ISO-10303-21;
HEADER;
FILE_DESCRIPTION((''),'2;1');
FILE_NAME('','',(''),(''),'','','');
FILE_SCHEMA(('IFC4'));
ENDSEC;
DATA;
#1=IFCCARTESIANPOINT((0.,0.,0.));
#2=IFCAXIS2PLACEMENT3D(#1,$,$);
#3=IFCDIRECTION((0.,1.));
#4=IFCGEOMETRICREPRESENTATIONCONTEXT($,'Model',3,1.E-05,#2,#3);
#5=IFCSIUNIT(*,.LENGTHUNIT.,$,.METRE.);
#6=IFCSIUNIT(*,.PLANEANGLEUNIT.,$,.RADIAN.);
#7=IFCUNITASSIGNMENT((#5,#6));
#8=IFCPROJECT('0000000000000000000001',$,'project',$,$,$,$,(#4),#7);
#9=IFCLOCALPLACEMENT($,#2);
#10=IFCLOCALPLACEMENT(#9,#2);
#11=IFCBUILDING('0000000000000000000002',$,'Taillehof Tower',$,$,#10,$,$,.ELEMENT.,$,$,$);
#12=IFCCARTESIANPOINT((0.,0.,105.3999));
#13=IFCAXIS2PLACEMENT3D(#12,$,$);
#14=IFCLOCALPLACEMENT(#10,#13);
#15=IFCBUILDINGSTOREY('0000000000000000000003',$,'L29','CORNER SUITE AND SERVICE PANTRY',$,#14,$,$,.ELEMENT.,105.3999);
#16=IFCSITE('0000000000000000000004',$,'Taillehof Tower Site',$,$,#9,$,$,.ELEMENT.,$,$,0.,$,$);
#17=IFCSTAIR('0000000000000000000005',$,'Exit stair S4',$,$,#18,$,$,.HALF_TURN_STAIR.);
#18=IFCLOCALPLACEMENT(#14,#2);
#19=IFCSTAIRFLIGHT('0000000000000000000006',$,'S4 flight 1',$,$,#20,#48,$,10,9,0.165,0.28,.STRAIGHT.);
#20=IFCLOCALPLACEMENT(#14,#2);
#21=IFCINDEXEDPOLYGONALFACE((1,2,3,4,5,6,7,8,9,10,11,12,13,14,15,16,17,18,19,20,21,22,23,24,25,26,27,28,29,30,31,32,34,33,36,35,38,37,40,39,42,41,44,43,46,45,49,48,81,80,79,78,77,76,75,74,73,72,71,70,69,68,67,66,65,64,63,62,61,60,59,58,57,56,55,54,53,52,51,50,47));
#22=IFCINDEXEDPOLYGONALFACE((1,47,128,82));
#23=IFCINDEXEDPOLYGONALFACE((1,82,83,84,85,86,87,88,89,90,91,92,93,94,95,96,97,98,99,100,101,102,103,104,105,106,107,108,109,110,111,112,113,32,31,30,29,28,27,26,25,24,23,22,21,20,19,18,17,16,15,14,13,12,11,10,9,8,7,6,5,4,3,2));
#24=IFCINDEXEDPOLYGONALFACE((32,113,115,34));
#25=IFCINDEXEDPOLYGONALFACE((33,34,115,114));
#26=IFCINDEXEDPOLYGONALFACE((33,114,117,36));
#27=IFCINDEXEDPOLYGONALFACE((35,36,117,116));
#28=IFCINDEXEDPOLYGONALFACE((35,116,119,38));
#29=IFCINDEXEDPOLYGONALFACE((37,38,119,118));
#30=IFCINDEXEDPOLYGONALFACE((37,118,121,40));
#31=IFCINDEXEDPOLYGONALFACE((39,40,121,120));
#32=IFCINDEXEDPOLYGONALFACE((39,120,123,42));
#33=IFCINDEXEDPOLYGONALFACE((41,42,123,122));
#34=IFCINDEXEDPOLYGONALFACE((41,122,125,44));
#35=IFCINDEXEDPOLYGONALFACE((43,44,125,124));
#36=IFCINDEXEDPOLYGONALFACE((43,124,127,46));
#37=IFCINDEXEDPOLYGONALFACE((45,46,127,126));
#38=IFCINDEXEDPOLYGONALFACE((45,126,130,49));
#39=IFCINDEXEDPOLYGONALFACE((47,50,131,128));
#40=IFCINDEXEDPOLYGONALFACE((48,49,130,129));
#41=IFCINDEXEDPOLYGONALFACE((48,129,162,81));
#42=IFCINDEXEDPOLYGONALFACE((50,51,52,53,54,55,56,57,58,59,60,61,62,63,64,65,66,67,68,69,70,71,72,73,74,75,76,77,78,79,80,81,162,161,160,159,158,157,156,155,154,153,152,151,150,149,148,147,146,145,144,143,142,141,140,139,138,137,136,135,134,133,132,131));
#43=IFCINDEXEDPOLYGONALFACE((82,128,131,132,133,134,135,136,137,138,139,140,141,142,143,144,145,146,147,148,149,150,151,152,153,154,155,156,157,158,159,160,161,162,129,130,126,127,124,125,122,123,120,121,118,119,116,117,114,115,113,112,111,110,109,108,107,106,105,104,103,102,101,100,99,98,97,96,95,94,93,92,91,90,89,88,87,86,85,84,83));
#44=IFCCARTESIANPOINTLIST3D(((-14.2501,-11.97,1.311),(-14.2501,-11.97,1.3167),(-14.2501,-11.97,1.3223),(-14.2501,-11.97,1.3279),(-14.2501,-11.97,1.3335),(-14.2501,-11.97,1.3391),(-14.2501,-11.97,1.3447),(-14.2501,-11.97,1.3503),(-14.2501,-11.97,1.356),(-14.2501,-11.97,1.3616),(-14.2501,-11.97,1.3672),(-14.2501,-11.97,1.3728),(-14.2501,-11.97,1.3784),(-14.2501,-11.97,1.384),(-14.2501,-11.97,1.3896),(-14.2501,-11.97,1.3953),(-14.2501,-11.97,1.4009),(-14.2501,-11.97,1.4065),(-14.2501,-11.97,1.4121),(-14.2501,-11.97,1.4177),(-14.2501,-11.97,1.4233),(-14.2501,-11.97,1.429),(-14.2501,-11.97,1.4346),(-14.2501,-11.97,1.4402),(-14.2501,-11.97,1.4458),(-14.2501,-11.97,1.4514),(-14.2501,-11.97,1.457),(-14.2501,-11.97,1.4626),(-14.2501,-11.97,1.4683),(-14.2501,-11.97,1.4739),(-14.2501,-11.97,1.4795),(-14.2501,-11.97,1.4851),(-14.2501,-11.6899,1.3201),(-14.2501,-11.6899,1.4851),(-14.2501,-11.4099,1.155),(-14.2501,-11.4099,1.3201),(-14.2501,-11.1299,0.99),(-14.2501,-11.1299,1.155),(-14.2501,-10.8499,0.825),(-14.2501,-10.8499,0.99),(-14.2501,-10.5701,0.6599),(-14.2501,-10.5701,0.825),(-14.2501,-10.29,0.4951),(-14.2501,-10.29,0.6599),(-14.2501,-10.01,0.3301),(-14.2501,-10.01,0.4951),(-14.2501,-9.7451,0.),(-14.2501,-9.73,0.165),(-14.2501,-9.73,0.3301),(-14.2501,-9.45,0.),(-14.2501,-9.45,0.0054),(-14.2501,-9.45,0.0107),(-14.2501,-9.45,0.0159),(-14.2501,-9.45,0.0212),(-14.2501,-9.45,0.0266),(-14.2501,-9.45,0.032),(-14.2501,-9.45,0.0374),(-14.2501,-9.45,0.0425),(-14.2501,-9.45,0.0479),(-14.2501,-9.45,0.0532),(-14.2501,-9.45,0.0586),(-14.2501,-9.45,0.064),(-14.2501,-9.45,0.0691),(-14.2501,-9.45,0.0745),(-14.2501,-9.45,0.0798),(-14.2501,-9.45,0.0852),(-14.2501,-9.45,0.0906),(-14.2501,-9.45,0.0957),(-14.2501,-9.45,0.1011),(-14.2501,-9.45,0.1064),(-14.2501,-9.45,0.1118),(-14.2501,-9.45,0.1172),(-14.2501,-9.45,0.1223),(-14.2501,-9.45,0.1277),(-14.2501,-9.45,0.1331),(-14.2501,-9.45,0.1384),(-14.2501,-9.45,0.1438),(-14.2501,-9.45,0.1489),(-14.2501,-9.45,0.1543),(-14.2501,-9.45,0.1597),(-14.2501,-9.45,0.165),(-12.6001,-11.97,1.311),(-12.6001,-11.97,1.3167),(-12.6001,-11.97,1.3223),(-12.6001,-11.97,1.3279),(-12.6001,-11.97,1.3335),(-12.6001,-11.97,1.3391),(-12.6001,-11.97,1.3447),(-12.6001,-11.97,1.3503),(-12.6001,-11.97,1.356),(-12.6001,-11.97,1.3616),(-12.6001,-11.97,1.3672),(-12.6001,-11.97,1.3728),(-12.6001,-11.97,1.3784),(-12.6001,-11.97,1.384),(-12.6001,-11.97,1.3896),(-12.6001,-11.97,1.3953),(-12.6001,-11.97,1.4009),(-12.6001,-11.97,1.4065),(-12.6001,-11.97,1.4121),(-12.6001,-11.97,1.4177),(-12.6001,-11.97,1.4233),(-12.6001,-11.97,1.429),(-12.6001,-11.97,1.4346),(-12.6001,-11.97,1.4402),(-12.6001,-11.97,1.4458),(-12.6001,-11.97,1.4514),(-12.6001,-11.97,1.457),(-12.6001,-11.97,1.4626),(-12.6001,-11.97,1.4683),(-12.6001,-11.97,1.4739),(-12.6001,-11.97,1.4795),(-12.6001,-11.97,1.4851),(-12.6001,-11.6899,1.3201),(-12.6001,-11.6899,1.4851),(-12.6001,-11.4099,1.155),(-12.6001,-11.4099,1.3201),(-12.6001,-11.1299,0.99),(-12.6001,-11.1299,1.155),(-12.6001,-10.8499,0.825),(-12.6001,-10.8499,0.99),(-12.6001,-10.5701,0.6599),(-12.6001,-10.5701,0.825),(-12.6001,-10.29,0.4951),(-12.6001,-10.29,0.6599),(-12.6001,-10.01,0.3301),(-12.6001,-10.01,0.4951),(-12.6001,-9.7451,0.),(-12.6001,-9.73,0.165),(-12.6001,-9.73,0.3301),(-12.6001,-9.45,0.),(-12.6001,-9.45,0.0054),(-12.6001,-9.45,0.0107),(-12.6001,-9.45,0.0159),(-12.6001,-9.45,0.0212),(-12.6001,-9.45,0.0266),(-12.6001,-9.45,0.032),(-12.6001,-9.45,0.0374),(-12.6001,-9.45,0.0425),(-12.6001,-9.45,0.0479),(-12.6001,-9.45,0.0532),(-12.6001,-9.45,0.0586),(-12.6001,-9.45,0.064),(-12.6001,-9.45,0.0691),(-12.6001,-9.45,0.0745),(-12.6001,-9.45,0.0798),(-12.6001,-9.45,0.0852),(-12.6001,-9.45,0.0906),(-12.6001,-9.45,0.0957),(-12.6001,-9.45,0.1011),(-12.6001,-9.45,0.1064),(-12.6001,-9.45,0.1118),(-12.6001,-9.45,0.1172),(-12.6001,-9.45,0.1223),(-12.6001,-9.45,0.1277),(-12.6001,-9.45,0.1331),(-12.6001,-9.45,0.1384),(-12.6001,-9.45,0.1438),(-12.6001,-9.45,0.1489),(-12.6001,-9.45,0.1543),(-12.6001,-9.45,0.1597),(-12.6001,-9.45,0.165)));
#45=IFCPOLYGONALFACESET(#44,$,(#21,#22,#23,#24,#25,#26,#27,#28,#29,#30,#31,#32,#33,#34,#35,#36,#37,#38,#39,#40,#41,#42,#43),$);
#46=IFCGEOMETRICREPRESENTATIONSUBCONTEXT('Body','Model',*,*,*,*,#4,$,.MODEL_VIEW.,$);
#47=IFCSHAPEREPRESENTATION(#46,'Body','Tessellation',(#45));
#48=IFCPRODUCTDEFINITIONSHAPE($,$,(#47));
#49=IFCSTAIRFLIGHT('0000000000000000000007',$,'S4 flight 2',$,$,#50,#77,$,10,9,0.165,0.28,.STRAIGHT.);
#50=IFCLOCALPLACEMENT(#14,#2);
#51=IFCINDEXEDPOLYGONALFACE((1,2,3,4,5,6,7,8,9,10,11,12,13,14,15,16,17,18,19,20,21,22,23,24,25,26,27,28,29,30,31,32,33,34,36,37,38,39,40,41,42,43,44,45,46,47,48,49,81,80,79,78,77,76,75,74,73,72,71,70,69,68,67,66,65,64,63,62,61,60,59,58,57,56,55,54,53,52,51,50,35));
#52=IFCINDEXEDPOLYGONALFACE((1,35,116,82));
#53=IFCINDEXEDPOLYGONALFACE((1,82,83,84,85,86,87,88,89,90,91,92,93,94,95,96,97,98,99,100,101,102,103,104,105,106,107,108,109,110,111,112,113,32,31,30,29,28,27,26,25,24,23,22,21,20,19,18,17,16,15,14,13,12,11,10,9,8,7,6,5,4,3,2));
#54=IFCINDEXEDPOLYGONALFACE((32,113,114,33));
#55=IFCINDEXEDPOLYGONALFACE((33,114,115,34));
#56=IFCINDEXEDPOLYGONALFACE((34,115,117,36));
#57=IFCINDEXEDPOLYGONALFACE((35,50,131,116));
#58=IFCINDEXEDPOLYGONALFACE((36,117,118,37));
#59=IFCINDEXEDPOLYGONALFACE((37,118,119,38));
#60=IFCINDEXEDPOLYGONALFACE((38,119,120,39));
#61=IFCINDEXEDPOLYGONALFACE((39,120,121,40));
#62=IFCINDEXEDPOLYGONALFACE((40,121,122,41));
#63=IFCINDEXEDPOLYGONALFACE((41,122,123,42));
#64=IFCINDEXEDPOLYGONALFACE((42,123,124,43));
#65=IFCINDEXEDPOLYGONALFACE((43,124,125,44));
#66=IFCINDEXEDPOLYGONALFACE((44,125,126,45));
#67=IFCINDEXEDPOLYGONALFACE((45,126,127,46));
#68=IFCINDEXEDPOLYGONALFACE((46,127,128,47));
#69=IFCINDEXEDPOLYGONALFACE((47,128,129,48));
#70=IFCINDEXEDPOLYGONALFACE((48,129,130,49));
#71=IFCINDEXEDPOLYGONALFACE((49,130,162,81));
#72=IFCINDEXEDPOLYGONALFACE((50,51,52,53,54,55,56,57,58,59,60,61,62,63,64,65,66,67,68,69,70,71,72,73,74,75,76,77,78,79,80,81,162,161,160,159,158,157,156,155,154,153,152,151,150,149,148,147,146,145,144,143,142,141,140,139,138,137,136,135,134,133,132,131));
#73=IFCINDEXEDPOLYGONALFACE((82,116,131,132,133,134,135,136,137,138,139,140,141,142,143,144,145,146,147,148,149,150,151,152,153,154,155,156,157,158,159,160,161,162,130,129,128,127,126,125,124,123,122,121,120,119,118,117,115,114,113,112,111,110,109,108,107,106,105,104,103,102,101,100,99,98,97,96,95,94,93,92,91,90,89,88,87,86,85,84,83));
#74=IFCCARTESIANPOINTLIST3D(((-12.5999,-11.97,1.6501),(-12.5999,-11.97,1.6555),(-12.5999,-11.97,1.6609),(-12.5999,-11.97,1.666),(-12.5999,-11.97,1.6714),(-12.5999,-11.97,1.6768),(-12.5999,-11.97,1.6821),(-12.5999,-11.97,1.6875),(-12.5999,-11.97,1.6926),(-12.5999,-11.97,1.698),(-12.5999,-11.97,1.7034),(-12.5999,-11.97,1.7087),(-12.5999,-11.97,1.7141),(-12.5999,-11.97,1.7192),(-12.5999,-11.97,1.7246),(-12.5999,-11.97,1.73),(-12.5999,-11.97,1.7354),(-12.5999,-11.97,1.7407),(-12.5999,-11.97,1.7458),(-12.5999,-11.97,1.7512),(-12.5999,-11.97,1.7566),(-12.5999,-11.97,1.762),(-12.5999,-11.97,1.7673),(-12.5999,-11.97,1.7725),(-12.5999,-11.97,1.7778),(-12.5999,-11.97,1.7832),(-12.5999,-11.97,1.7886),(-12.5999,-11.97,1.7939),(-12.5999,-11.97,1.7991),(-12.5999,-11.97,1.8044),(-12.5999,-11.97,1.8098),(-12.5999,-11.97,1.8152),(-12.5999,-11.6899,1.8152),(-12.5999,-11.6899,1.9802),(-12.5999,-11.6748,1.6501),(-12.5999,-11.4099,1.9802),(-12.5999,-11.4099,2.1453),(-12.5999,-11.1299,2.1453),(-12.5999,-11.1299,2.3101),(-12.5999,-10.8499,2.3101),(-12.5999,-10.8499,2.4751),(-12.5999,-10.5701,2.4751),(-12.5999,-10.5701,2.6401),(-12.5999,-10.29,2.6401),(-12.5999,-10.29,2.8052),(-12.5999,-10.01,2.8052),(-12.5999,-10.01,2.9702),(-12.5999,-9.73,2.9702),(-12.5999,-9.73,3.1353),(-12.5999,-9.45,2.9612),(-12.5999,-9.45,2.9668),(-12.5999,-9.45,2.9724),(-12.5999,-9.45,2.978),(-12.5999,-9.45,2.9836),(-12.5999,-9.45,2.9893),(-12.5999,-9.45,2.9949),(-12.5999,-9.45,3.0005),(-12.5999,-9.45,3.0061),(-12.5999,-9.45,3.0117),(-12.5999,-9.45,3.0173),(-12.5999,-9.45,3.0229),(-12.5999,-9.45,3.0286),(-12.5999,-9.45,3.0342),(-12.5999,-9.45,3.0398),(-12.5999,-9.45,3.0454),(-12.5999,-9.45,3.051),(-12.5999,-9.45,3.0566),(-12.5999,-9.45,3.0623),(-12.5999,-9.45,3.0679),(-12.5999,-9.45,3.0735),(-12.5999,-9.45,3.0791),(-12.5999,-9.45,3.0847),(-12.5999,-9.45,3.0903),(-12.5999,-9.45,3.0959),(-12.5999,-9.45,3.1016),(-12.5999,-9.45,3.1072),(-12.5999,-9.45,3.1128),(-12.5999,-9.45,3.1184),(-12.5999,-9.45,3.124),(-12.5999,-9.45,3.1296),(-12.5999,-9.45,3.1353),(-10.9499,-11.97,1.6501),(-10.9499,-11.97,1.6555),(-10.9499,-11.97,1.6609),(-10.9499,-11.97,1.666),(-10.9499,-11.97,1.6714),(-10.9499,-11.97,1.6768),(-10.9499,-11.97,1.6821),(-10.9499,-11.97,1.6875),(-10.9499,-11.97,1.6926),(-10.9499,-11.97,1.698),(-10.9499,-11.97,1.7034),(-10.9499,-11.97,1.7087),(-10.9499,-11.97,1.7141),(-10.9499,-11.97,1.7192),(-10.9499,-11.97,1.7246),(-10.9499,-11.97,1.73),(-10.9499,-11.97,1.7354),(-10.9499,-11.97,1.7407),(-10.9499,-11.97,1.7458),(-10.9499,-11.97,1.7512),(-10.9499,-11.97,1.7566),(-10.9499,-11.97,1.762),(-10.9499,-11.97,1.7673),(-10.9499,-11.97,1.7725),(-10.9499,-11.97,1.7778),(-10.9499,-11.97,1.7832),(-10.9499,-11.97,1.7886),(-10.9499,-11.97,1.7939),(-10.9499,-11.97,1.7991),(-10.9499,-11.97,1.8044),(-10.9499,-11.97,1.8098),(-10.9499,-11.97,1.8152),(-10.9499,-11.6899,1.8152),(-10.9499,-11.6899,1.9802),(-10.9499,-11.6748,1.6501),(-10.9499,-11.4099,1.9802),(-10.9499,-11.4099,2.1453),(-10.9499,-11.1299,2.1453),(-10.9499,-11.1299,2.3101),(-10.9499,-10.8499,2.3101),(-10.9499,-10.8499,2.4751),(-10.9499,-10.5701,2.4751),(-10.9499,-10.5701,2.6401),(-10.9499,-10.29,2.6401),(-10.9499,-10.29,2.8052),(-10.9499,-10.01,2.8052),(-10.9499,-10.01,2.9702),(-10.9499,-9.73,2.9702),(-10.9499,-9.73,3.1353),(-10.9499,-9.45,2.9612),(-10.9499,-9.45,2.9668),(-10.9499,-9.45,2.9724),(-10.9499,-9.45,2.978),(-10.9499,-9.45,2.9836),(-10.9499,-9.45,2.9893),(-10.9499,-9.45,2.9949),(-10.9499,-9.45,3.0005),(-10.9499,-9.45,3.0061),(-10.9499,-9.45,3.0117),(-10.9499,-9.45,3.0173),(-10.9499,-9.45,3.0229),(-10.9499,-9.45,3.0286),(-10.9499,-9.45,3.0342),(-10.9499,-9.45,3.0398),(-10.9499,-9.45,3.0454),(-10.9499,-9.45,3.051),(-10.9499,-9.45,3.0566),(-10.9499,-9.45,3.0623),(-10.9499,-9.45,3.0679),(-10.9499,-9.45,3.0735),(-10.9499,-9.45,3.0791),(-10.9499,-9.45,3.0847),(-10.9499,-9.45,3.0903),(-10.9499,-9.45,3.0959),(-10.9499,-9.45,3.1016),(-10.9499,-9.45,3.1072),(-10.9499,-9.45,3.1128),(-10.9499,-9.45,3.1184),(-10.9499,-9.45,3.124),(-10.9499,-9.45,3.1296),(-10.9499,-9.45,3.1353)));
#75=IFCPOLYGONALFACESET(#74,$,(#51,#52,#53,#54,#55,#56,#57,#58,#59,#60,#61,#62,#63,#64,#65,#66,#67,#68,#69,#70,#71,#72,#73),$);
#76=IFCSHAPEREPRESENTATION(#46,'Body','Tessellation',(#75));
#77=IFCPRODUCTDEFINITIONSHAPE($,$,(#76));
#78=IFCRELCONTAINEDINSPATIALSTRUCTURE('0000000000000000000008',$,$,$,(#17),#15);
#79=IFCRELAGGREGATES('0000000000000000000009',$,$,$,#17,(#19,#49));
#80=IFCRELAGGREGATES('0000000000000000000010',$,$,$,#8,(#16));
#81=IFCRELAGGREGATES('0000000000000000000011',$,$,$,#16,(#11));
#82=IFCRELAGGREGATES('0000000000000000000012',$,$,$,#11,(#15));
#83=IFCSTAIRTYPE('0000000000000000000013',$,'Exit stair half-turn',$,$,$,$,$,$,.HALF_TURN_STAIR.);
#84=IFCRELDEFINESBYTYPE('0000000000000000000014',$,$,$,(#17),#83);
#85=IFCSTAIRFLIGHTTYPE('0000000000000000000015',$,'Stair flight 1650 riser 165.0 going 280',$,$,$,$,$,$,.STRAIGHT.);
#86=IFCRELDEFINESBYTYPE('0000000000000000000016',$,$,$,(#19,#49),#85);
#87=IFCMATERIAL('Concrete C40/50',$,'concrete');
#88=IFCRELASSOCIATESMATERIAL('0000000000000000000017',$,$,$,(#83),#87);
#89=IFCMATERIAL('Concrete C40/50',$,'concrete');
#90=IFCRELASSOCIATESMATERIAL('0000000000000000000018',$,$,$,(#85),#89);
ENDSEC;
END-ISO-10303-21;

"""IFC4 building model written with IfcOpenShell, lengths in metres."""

from ifc_helpers import new_model, si_unit, direction, frame, origin, place, context, subcontext, project, spatial, polyline, outline, extrude, material, type_object, element, aggregate, save


model = new_model("IFC4")

# Units and contexts
model_context = context("Model", 3, precision=1e-05, world=origin(), true_north=direction((0.0, 1.0)))
body_context = subcontext(model_context, "Body", "Model", "MODEL_VIEW")
ifc_project = project(units=[si_unit("LENGTHUNIT", "METRE"), si_unit("PLANEANGLEUNIT", "RADIAN")], contexts=[model_context])

# Site, building, storey
site_placement = place(None, origin())
site = spatial("IfcSite", under=ifc_project, at=site_placement, Name="Taillehof Tower Site", CompositionType="ELEMENT", RefElevation=0.0)
building_placement = place(site_placement, origin())
building = spatial("IfcBuilding", under=site, at=building_placement, Name="Taillehof Tower", CompositionType="ELEMENT")
storey_placement = place(building_placement, frame((0.0, 0.0, 105.3999)))
storey = spatial("IfcBuildingStorey", under=building, at=storey_placement, Name="L29", Description="CORNER SUITE AND SERVICE PANTRY", CompositionType="ELEMENT", Elevation=105.3999)

# Stair, stair flights
ifc_material_1 = material(Name="Concrete C40/50", Category="concrete")
stair_type = type_object("IfcStairType", Name="Exit stair half-turn", PredefinedType="HALF_TURN_STAIR", material=ifc_material_1)
stair_placement = place(storey_placement, origin())
stair = element("IfcStair", 1, at=stair_placement, inside=storey, type_object=stair_type, Name="Exit stair S4", PredefinedType="HALF_TURN_STAIR")
ifc_material_2 = material(Name="Concrete C40/50", Category="concrete")
stair_flight_type = type_object("IfcStairFlightType", Name="Stair flight 1650 riser 165.0 going 280", PredefinedType="STRAIGHT", material=ifc_material_2)
stair_flight_1_placement = place(storey_placement, frame((-13.425, -9.45, 0.0), z_axis=(0.0, 0.0, 1.0), x_axis=(0.0, -1.0, 0.0)))
stair_flight_1 = element("IfcStairFlight", 2, at=stair_flight_1_placement, type_object=stair_flight_type, Name="S4 flight 1", NumberOfRisers=10, NumberOfTreads=9, PredefinedType="STRAIGHT", RiserHeight=0.165, TreadLength=0.28, context=body_context, shape_type="SweptSolid", body=[
    extrude(outline(polyline([(0.0, 0.0), (0.0, 0.0054), (0.0, 0.0107), (0.0, 0.0159), (0.0, 0.0212), (0.0, 0.0266), (0.0, 0.032), (0.0, 0.0374), (0.0, 0.0425), (0.0, 0.0479), (0.0, 0.0532), (0.0, 0.0586), (0.0, 0.064), (0.0, 0.0691), (0.0, 0.0745), (0.0, 0.0798), (0.0, 0.0852), (0.0, 0.0906), (0.0, 0.0957), (0.0, 0.1011), (0.0, 0.1064), (0.0, 0.1118), (0.0, 0.1172), (0.0, 0.1223), (0.0, 0.1277), (0.0, 0.1331), (0.0, 0.1384), (0.0, 0.1438), (0.0, 0.1489), (0.0, 0.1543), (0.0, 0.1597), (0.0, 0.165), (0.28, 0.165), (0.28, 0.3301), (0.5601, 0.3301), (0.5601, 0.4951), (0.8401, 0.4951), (0.8401, 0.6599), (1.1201, 0.6599), (1.1201, 0.825), (1.3999, 0.825), (1.3999, 0.99), (1.6799, 0.99), (1.6799, 1.155), (1.96, 1.155), (1.96, 1.3201), (2.24, 1.3201), (2.24, 1.4851), (2.52, 1.4851), (2.52, 1.4795), (2.52, 1.4739), (2.52, 1.4683), (2.52, 1.4626), (2.52, 1.457), (2.52, 1.4514), (2.52, 1.4458), (2.52, 1.4402), (2.52, 1.4346), (2.52, 1.429), (2.52, 1.4233), (2.52, 1.4177), (2.52, 1.4121), (2.52, 1.4065), (2.52, 1.4009), (2.52, 1.3953), (2.52, 1.3896), (2.52, 1.384), (2.52, 1.3784), (2.52, 1.3728), (2.52, 1.3672), (2.52, 1.3616), (2.52, 1.356), (2.52, 1.3503), (2.52, 1.3447), (2.52, 1.3391), (2.52, 1.3335), (2.52, 1.3279), (2.52, 1.3223), (2.52, 1.3167), (2.52, 1.311), (0.2952, 0.0), (0.0, 0.0)])), frame((0.0, 0.825, 0.0), z_axis=(0.0, -1.0, 0.0), x_axis=(1.0, 0.0, 0.0)), (0.0, 0.0, 1.0), 1.65),
])
stair_flight_2_placement = place(storey_placement, frame((-11.7749, -11.97, 1.6501), z_axis=(0.0, 0.0, 1.0), x_axis=(0.0, 1.0, 0.0)))
stair_flight_2 = element("IfcStairFlight", 3, at=stair_flight_2_placement, type_object=stair_flight_type, Name="S4 flight 2", NumberOfRisers=10, NumberOfTreads=9, PredefinedType="STRAIGHT", RiserHeight=0.165, TreadLength=0.28, context=body_context, shape_type="SweptSolid", body=[
    extrude(outline(polyline([(0.0, 0.0), (0.0, 0.0054), (0.0, 0.0107), (0.0, 0.0159), (0.0, 0.0212), (0.0, 0.0266), (0.0, 0.032), (0.0, 0.0374), (0.0, 0.0425), (0.0, 0.0479), (0.0, 0.0532), (0.0, 0.0586), (0.0, 0.064), (0.0, 0.0691), (0.0, 0.0745), (0.0, 0.0798), (0.0, 0.0852), (0.0, 0.0906), (0.0, 0.0957), (0.0, 0.1011), (0.0, 0.1064), (0.0, 0.1118), (0.0, 0.1172), (0.0, 0.1223), (0.0, 0.1277), (0.0, 0.1331), (0.0, 0.1384), (0.0, 0.1438), (0.0, 0.1489), (0.0, 0.1543), (0.0, 0.1597), (0.0, 0.165), (0.28, 0.165), (0.28, 0.3301), (0.5601, 0.3301), (0.5601, 0.4951), (0.8401, 0.4951), (0.8401, 0.6599), (1.1201, 0.6599), (1.1201, 0.825), (1.3999, 0.825), (1.3999, 0.99), (1.6799, 0.99), (1.6799, 1.155), (1.96, 1.155), (1.96, 1.3201), (2.24, 1.3201), (2.24, 1.4851), (2.52, 1.4851), (2.52, 1.4795), (2.52, 1.4739), (2.52, 1.4683), (2.52, 1.4626), (2.52, 1.457), (2.52, 1.4514), (2.52, 1.4458), (2.52, 1.4402), (2.52, 1.4346), (2.52, 1.429), (2.52, 1.4233), (2.52, 1.4177), (2.52, 1.4121), (2.52, 1.4065), (2.52, 1.4009), (2.52, 1.3953), (2.52, 1.3896), (2.52, 1.384), (2.52, 1.3784), (2.52, 1.3728), (2.52, 1.3672), (2.52, 1.3616), (2.52, 1.356), (2.52, 1.3503), (2.52, 1.3447), (2.52, 1.3391), (2.52, 1.3335), (2.52, 1.3279), (2.52, 1.3223), (2.52, 1.3167), (2.52, 1.311), (0.2952, 0.0), (0.0, 0.0)])), frame((0.0, 0.825, 0.0), z_axis=(0.0, -1.0, 0.0), x_axis=(1.0, 0.0, 0.0)), (0.0, 0.0, 1.0), 1.65),
])
aggregate(stair, [stair_flight_1, stair_flight_2])

save(model, "model.ifc")
